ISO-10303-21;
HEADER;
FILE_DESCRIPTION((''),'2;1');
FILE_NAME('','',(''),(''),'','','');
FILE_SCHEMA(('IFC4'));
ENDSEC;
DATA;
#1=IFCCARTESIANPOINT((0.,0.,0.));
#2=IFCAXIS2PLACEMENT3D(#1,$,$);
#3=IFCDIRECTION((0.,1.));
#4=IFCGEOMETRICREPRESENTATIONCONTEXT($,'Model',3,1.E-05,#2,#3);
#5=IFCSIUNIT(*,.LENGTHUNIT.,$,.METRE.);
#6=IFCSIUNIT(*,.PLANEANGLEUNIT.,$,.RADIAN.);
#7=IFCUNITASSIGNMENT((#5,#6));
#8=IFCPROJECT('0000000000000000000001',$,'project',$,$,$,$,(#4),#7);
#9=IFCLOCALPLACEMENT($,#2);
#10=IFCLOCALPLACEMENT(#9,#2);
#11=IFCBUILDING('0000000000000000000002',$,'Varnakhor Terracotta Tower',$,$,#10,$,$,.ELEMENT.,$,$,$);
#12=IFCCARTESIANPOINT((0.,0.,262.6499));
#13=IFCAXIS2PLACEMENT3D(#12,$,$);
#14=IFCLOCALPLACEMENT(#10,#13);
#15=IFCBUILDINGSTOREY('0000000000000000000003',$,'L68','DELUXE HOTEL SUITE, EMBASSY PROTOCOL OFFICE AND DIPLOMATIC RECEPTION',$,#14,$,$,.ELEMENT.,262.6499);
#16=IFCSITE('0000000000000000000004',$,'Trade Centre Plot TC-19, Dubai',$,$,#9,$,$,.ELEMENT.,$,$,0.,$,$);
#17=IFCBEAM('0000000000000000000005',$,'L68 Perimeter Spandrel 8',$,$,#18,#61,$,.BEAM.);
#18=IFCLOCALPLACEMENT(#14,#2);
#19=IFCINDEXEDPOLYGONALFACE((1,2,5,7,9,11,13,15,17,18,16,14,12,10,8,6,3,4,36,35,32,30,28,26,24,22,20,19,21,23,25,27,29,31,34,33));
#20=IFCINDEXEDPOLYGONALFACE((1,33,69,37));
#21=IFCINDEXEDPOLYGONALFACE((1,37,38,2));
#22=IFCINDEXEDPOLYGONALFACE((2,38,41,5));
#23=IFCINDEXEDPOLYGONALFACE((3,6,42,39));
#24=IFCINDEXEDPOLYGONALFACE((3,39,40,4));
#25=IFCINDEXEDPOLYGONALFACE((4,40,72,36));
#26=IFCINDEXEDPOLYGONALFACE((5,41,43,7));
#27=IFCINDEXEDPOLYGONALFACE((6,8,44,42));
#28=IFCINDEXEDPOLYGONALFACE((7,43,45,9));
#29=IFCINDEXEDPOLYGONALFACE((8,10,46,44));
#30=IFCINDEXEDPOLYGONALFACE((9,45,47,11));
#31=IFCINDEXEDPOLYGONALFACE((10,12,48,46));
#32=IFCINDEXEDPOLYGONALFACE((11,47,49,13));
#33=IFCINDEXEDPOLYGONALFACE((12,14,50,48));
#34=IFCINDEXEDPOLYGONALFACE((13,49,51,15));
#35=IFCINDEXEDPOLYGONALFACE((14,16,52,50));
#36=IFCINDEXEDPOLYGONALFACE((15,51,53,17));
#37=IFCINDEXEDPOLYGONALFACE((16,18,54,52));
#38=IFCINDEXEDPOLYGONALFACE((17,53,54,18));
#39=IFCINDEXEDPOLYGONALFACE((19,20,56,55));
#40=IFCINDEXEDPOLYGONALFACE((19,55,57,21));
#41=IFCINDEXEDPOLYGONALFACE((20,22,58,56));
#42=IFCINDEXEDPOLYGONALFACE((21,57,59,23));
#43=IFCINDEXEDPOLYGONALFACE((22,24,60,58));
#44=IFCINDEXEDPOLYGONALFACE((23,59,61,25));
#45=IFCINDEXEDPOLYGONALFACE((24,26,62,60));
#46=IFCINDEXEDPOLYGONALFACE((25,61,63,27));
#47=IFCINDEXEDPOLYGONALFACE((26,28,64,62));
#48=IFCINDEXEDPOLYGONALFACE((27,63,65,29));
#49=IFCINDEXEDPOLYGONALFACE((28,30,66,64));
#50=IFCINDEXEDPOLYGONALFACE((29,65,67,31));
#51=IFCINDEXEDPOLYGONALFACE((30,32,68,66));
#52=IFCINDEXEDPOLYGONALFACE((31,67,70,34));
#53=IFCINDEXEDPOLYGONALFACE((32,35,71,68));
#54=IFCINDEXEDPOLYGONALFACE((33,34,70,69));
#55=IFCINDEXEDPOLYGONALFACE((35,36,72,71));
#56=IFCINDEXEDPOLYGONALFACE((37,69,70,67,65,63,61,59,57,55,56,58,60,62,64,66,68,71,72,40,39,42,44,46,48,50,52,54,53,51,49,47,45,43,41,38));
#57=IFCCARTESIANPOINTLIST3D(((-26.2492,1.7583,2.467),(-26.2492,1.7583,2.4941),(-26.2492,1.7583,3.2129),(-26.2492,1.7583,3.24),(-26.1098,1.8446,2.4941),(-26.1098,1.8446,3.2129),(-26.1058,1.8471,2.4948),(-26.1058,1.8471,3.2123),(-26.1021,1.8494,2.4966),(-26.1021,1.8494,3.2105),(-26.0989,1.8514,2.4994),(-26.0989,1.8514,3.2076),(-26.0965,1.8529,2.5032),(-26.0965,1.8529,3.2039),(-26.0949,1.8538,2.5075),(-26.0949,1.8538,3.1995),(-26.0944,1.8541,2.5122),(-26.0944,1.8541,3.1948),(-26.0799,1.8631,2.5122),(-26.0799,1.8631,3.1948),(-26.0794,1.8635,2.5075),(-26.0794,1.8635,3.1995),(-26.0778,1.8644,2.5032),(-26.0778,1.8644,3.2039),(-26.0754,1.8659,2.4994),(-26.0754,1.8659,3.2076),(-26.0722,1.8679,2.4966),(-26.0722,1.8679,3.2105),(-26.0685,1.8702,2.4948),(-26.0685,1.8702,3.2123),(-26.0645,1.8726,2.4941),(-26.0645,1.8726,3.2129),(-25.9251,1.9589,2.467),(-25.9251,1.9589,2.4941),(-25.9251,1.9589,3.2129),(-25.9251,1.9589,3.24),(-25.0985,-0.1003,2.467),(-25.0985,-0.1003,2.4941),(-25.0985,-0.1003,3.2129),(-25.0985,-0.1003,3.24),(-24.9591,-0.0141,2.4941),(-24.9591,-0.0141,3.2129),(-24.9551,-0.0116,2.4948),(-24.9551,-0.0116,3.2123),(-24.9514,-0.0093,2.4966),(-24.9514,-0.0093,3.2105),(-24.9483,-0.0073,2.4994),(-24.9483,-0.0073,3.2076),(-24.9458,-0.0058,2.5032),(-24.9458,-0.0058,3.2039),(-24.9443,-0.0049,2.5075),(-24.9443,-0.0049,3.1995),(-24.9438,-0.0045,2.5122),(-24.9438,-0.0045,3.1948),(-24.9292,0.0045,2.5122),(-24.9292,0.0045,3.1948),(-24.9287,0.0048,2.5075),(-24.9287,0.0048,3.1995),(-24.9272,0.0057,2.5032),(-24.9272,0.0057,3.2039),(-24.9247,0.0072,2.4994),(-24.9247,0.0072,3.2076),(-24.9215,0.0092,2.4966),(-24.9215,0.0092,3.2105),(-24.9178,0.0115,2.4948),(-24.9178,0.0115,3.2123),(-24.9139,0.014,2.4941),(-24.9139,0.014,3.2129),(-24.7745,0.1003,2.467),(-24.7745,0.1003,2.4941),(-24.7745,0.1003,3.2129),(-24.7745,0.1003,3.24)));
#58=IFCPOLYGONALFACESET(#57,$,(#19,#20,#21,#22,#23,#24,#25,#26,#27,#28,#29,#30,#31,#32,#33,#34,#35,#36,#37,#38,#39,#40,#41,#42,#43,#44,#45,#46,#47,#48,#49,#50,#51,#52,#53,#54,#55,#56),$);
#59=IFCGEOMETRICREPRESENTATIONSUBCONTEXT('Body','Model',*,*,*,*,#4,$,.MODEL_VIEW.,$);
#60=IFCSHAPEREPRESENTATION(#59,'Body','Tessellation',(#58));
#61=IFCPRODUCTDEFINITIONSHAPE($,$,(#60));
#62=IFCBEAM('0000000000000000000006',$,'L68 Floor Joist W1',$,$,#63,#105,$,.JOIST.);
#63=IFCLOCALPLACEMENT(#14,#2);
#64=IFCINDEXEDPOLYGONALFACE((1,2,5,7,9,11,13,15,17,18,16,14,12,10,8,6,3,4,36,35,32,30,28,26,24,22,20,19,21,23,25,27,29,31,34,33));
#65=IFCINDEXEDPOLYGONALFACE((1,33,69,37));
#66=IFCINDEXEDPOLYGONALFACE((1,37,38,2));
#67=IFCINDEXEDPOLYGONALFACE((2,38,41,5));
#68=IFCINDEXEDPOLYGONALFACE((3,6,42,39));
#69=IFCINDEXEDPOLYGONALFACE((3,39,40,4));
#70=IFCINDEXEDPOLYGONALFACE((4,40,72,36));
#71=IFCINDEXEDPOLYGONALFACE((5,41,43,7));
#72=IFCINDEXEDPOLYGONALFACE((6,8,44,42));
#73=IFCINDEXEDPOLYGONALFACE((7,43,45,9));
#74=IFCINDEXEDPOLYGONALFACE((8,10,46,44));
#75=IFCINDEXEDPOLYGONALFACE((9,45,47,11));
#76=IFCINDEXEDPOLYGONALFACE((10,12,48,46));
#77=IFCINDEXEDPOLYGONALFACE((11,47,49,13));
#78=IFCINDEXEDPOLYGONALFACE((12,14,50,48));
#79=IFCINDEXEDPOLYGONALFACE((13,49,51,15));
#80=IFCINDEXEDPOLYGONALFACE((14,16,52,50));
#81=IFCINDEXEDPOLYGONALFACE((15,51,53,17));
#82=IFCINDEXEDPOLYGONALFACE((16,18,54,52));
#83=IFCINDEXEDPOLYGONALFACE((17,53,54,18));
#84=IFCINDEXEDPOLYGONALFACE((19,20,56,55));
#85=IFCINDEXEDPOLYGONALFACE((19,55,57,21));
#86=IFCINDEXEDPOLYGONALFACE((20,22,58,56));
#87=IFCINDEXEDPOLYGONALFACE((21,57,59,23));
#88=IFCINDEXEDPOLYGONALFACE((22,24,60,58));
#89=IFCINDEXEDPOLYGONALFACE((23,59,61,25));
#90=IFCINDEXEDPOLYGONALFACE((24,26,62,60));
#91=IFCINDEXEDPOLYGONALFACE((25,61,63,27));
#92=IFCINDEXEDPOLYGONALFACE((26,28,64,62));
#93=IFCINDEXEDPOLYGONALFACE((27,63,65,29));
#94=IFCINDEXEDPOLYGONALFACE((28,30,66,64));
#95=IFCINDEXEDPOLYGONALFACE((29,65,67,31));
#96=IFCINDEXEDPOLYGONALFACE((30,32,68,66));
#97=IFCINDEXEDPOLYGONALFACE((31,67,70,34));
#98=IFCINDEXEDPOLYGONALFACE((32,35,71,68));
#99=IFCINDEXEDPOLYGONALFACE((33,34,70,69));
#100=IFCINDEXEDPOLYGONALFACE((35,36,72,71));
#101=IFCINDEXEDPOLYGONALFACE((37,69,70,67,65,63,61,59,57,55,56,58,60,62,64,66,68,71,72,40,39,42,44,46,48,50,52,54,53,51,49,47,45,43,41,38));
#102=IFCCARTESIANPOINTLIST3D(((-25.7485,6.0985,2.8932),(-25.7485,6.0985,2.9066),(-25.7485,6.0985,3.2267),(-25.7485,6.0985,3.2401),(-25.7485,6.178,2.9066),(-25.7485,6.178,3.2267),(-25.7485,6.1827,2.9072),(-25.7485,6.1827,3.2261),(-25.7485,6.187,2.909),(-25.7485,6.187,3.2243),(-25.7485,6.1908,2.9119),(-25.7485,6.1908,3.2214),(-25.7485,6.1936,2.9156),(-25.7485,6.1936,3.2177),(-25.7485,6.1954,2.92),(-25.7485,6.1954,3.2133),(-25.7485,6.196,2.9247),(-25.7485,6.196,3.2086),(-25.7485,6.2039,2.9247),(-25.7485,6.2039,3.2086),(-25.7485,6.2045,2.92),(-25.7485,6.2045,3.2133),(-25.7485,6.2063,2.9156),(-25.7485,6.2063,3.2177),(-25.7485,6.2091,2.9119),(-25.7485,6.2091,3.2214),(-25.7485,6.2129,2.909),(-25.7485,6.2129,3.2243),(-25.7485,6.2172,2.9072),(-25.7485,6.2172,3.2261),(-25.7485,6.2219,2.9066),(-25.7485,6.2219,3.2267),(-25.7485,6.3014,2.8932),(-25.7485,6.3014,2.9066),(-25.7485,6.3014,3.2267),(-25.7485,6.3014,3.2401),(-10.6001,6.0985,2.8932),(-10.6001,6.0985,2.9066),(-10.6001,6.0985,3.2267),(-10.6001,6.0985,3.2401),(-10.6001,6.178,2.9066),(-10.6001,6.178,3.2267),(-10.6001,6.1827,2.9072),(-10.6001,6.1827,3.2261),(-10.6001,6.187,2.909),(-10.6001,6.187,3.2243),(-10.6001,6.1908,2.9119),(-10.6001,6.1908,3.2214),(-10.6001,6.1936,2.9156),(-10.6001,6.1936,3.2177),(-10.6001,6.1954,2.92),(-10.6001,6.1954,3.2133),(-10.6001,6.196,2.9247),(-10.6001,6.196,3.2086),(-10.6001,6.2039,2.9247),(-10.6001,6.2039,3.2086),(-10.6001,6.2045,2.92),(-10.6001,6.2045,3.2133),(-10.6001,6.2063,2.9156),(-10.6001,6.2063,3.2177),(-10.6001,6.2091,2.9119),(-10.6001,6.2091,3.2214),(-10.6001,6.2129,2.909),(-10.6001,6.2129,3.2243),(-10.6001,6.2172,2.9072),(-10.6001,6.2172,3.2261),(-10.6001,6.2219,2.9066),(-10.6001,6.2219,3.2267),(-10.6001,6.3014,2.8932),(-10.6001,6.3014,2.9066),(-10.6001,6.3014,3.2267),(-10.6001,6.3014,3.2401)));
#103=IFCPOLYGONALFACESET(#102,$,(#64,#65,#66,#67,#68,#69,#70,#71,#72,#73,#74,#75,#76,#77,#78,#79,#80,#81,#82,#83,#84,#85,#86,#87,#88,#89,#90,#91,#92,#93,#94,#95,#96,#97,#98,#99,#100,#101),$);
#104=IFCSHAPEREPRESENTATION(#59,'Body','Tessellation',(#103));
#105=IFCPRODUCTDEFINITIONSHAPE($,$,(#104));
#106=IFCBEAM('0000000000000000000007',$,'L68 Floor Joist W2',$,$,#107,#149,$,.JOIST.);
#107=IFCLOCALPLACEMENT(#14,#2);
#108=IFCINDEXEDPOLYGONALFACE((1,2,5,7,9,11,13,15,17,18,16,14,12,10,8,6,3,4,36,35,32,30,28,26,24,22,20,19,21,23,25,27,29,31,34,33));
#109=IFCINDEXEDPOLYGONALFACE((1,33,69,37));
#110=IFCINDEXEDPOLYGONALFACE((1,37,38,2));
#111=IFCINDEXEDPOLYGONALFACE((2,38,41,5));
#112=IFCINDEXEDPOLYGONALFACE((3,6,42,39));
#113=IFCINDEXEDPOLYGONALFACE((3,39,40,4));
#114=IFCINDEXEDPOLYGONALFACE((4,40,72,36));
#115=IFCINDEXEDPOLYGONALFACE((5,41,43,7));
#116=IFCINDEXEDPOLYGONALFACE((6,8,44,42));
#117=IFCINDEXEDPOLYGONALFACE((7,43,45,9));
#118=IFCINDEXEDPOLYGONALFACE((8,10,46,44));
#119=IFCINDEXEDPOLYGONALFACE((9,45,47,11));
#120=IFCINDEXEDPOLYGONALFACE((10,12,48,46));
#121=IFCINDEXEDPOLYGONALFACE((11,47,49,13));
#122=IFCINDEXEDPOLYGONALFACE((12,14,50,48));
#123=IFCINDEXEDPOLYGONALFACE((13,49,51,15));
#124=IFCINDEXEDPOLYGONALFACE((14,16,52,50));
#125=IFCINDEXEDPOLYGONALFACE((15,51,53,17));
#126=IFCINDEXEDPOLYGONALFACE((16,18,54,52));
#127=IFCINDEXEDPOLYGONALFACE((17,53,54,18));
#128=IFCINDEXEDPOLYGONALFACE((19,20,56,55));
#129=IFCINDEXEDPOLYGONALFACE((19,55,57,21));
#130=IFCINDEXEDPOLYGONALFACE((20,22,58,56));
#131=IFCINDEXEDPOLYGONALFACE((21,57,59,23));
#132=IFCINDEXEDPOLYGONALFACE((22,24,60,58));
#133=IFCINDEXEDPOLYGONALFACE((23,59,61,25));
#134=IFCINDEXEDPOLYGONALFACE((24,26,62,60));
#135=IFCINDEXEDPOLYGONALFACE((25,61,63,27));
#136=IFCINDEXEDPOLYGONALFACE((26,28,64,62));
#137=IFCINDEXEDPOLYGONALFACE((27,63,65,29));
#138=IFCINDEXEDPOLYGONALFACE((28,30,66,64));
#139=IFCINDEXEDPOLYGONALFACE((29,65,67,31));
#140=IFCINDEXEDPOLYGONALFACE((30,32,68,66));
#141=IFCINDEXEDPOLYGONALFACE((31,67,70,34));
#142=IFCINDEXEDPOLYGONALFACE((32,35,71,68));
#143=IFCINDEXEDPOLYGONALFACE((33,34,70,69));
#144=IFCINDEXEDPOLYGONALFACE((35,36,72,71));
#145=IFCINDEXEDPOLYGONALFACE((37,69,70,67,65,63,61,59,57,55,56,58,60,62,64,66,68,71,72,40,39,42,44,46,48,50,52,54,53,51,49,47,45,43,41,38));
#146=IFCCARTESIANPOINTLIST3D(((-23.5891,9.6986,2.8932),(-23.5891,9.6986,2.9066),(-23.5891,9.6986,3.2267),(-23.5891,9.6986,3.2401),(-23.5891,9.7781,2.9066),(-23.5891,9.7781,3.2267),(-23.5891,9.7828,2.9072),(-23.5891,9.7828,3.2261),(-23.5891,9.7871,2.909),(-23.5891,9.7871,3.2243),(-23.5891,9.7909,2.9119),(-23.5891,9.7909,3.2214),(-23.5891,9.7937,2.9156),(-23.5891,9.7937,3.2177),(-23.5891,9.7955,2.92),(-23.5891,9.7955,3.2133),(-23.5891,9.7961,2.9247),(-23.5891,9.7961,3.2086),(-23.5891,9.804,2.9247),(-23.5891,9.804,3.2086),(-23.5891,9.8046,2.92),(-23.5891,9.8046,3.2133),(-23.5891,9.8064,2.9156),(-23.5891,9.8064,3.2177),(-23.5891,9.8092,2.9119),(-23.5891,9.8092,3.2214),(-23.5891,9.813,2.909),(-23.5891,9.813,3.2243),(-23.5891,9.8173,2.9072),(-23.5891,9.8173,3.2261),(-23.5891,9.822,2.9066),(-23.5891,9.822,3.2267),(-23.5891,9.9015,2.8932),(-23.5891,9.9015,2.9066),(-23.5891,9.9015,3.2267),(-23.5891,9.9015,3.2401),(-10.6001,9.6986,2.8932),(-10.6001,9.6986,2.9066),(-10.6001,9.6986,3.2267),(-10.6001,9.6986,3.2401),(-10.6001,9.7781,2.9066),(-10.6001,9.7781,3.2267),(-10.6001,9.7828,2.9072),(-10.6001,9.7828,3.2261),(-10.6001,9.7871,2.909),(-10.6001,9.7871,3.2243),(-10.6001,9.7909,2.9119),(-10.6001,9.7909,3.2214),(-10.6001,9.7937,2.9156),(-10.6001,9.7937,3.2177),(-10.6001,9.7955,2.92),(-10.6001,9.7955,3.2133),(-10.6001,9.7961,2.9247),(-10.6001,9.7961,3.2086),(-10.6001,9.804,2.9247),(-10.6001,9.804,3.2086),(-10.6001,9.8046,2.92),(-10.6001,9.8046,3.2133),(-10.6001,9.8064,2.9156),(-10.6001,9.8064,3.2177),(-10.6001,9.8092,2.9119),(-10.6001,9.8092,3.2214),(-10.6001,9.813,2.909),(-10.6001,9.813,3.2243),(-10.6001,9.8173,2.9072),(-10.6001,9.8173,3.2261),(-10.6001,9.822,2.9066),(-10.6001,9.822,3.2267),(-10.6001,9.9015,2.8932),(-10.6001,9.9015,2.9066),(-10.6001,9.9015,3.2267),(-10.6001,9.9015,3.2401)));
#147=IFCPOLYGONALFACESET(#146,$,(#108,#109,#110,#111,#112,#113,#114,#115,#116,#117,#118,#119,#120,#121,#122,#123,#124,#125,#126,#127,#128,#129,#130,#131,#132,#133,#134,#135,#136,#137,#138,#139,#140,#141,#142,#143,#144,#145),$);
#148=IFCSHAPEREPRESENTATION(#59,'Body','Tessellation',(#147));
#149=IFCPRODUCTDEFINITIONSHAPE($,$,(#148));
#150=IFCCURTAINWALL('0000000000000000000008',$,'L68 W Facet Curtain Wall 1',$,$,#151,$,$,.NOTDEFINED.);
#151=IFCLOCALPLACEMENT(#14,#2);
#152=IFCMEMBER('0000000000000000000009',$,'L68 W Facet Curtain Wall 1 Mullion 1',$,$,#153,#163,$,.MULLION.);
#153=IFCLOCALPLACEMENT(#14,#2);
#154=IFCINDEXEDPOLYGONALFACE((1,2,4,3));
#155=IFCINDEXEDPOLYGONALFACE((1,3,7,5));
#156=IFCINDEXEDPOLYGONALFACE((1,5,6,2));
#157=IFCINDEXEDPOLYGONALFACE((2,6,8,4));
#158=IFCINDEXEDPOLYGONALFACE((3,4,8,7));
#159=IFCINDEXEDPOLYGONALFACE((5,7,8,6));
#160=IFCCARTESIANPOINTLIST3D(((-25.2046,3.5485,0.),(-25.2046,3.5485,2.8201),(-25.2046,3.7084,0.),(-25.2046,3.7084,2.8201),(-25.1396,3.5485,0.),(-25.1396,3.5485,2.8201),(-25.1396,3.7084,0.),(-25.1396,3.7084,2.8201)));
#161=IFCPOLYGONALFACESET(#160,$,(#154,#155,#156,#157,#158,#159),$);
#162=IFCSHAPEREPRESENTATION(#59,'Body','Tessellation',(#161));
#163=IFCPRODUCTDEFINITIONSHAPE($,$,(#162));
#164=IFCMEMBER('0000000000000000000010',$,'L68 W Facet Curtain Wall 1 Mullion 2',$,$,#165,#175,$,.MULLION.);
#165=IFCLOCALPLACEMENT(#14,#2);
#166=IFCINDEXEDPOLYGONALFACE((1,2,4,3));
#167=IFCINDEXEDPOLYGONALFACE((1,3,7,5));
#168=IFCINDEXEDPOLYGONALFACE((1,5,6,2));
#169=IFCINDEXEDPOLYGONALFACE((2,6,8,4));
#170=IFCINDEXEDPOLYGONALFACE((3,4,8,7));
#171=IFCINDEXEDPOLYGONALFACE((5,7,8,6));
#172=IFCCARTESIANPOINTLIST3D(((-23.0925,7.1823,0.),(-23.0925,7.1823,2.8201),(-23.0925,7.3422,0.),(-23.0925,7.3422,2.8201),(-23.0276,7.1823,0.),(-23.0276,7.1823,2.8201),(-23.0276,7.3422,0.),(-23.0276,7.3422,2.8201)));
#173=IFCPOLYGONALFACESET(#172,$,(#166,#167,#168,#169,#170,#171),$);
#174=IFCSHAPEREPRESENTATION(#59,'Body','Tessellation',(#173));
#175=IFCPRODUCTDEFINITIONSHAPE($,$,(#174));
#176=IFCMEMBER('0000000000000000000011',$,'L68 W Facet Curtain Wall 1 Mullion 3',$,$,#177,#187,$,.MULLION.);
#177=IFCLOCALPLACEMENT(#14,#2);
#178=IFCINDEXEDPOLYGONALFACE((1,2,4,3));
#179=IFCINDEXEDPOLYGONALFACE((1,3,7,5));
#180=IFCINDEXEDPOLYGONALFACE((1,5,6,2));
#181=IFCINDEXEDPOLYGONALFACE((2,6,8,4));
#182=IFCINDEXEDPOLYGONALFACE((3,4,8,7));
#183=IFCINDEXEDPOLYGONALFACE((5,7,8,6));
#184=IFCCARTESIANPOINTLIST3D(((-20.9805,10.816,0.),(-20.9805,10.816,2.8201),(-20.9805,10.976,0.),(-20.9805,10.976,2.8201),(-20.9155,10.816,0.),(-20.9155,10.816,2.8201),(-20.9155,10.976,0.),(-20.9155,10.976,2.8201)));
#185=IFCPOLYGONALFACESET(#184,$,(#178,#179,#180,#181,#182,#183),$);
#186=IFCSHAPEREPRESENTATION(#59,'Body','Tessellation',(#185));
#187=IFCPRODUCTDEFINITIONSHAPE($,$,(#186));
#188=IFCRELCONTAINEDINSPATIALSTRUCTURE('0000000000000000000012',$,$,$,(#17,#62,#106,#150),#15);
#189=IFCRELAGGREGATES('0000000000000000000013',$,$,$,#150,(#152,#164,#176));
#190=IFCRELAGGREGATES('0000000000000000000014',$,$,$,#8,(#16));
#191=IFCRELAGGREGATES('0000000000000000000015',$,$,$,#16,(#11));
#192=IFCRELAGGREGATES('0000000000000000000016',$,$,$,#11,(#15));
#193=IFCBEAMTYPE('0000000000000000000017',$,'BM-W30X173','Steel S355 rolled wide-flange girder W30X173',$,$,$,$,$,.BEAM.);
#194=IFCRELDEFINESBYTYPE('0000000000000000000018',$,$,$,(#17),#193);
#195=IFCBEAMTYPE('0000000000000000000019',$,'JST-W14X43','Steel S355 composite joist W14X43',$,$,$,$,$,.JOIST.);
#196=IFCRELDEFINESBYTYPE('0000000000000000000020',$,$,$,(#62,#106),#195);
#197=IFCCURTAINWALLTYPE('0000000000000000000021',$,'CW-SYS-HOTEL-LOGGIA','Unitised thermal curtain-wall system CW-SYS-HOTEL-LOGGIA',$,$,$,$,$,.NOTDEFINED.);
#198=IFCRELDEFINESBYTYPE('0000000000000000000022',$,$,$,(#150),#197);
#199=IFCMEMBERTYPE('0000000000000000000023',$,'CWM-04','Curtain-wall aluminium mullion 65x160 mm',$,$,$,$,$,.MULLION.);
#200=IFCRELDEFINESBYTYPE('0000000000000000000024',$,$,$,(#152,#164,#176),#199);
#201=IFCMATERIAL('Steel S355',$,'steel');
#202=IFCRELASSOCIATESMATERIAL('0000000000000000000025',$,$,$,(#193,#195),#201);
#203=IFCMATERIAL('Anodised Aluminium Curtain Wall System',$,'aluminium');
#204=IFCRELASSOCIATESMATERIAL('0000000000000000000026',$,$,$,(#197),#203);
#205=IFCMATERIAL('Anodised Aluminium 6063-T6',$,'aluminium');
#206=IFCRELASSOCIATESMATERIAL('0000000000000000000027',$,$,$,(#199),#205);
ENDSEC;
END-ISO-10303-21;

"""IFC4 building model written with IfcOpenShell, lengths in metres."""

from ifc_helpers import new_model, si_unit, direction, frame, origin, origin_2d, place, context, subcontext, project, spatial, rectangle, i_section, extrude, source, transform, mapped, material, material_profile, profile_set, type_object, type_shapes, element, aggregate, save


model = new_model("IFC4")

# Units and contexts
model_context = context("Model", 3, precision=1e-05, world=origin(), true_north=direction((0.0, 1.0)))
body_context = subcontext(model_context, "Body", "Model", "MODEL_VIEW")
ifc_project = project(units=[si_unit("LENGTHUNIT", "METRE"), si_unit("PLANEANGLEUNIT", "RADIAN")], contexts=[model_context])

# Site, building, storey
site_placement = place(None, origin())
site = spatial("IfcSite", under=ifc_project, at=site_placement, Name="Trade Centre Plot TC-19, Dubai", CompositionType="ELEMENT", RefElevation=0.0)
building_placement = place(site_placement, origin())
building = spatial("IfcBuilding", under=site, at=building_placement, Name="Varnakhor Terracotta Tower", CompositionType="ELEMENT")
storey_placement = place(building_placement, frame((0.0, 0.0, 262.6499)))
storey = spatial("IfcBuildingStorey", under=building, at=storey_placement, Name="L68", Description="DELUXE HOTEL SUITE, EMBASSY PROTOCOL OFFICE AND DIPLOMATIC RECEPTION", CompositionType="ELEMENT", Elevation=262.6499)

# Shared definitions
ifc_material_1 = material(Name="Steel S355", Category="steel")

# Beams
ifc_material_profile_1 = material_profile(ifc_material_1, i_section(OverallWidth=0.3811, OverallDepth=0.7729, WebThickness=0.0171, FlangeThickness=0.0271, FilletRadius=0.0181, at=origin_2d()), Name="W30X173")
ifc_profile_set_1 = profile_set([ifc_material_profile_1], Name="Steel S355")
beam_type_1 = type_object("IfcBeamType", Name="BM-W30X173", Description="Steel S355 rolled wide-flange girder W30X173", PredefinedType="BEAM", material=ifc_profile_set_1)
shared_shape_1 = source(origin(), body_context, "Body", "SweptSolid", [
    extrude(i_section(OverallWidth=0.3811, OverallDepth=0.7729, WebThickness=0.0171, FlangeThickness=0.0271, FilletRadius=0.0181, at=origin_2d()), origin(), (0.0, 0.0, 1.0), 2.186),
])
for number, where, z_axis, x_axis, name in (
    (1, (-26.0872, 1.8586, 2.8535), (0.52637, -0.850256, 0.0), (0.850256, 0.52637, 0.0), "L68 Perimeter Spandrel 8"),
):
    element("IfcBeam", number, at=place(storey_placement, frame(where, z_axis=z_axis, x_axis=x_axis)), inside=storey, type_object=beam_type_1, Name=name, PredefinedType="BEAM", context=body_context, shape_type="MappedRepresentation", body=[
        mapped(shared_shape_1, transform((0.0, 0.0, 0.0), scale=1.0)),
    ])
ifc_material_profile_2 = material_profile(ifc_material_1, i_section(OverallWidth=0.2029, OverallDepth=0.3469, WebThickness=0.0078, FlangeThickness=0.0134, FilletRadius=0.0181, at=origin_2d()), Name="W14X43")
ifc_profile_set_2 = profile_set([ifc_material_profile_2], Name="Steel S355")
beam_type_2 = type_object("IfcBeamType", Name="JST-W14X43", Description="Steel S355 composite joist W14X43", PredefinedType="JOIST", material=ifc_profile_set_2)
shared_shape_2 = source(origin(), body_context, "Body", "SweptSolid", [
    extrude(i_section(OverallWidth=0.2029, OverallDepth=0.3469, WebThickness=0.0078, FlangeThickness=0.0134, FilletRadius=0.0181, at=origin_2d()), origin(), (0.0, 0.0, 1.0), 15.1484),
])
beam_1_placement = place(storey_placement, frame((-25.7485, 6.2, 3.0667), z_axis=(1.0, 0.0, 0.0), x_axis=(0.0, 1.0, 0.0)))
element("IfcBeam", 2, at=beam_1_placement, inside=storey, type_object=beam_type_2, Name="L68 Floor Joist W1", PredefinedType="JOIST", context=body_context, shape_type="MappedRepresentation", body=[
    mapped(shared_shape_2, transform((0.0, 0.0, 0.0), scale=1.0)),
])
shared_shape_3 = source(origin(), body_context, "Body", "SweptSolid", [
    extrude(i_section(OverallWidth=0.2029, OverallDepth=0.3469, WebThickness=0.0078, FlangeThickness=0.0134, FilletRadius=0.0181, at=origin_2d()), origin(), (0.0, 0.0, 1.0), 12.989),
])
beam_2_placement = place(storey_placement, frame((-23.5891, 9.8, 3.0667), z_axis=(1.0, 0.0, 0.0), x_axis=(0.0, 1.0, 0.0)))
element("IfcBeam", 3, at=beam_2_placement, inside=storey, type_object=beam_type_2, Name="L68 Floor Joist W2", PredefinedType="JOIST", context=body_context, shape_type="MappedRepresentation", body=[
    mapped(shared_shape_3, transform((0.0, 0.0, 0.0), scale=1.0)),
])

# Curtain wall, members
ifc_material_2 = material(Name="Anodised Aluminium Curtain Wall System", Category="aluminium")
curtain_wall_type = type_object("IfcCurtainWallType", Name="CW-SYS-HOTEL-LOGGIA", Description="Unitised thermal curtain-wall system CW-SYS-HOTEL-LOGGIA", PredefinedType="NOTDEFINED", material=ifc_material_2)
curtain_wall_1_placement = place(storey_placement, origin())
curtain_wall_1 = element("IfcCurtainWall", 4, at=curtain_wall_1_placement, inside=storey, type_object=curtain_wall_type, Name="L68 W Facet Curtain Wall 1", PredefinedType="NOTDEFINED")
ifc_material_3 = material(Name="Anodised Aluminium 6063-T6", Category="aluminium")
ifc_material_profile_3 = material_profile(ifc_material_3, rectangle(XDim=0.0649, YDim=0.1599, at=origin_2d()), Name="ALU MULLION 65x160")
ifc_profile_set_3 = profile_set([ifc_material_profile_3], Name="Anodised Aluminium 6063-T6")
member_type_1 = type_object("IfcMemberType", Name="CWM-04", Description="Curtain-wall aluminium mullion 65x160 mm", PredefinedType="MULLION", material=ifc_profile_set_3)
shared_shape_4 = source(origin(), body_context, "Body", "SweptSolid", [
    extrude(rectangle(XDim=0.0649, YDim=0.1599, at=origin_2d()), origin(), (0.0, 0.0, 1.0), 2.8201),
])
type_shapes(member_type_1, [shared_shape_4])
member_1_placement = place(storey_placement, frame((-25.1721, 3.6284, 0.0), z_axis=(0.0, 0.0, 1.0), x_axis=(1.0, 0.0, 0.0)))
member_1 = element("IfcMember", 5, at=member_1_placement, type_object=member_type_1, Name="L68 W Facet Curtain Wall 1 Mullion 1", PredefinedType="MULLION", context=body_context, shape_type="MappedRepresentation", body=[
    mapped(shared_shape_4, transform((0.0, 0.0, 0.0), scale=1.0)),
])
member_2_placement = place(storey_placement, frame((-23.0601, 7.2622, 0.0), z_axis=(0.0, 0.0, 1.0), x_axis=(1.0, 0.0, 0.0)))
member_2 = element("IfcMember", 6, at=member_2_placement, type_object=member_type_1, Name="L68 W Facet Curtain Wall 1 Mullion 2", PredefinedType="MULLION", context=body_context, shape_type="MappedRepresentation", body=[
    mapped(shared_shape_4, transform((0.0, 0.0, 0.0), scale=1.0)),
])
member_3_placement = place(storey_placement, frame((-20.948, 10.896, 0.0), z_axis=(0.0, 0.0, 1.0), x_axis=(1.0, 0.0, 0.0)))
member_3 = element("IfcMember", 7, at=member_3_placement, type_object=member_type_1, Name="L68 W Facet Curtain Wall 1 Mullion 3", PredefinedType="MULLION", context=body_context, shape_type="MappedRepresentation", body=[
    mapped(shared_shape_4, transform((0.0, 0.0, 0.0), scale=1.0)),
])

aggregate(curtain_wall_1, [member_1, member_2, member_3])

save(model, "model.ifc")
